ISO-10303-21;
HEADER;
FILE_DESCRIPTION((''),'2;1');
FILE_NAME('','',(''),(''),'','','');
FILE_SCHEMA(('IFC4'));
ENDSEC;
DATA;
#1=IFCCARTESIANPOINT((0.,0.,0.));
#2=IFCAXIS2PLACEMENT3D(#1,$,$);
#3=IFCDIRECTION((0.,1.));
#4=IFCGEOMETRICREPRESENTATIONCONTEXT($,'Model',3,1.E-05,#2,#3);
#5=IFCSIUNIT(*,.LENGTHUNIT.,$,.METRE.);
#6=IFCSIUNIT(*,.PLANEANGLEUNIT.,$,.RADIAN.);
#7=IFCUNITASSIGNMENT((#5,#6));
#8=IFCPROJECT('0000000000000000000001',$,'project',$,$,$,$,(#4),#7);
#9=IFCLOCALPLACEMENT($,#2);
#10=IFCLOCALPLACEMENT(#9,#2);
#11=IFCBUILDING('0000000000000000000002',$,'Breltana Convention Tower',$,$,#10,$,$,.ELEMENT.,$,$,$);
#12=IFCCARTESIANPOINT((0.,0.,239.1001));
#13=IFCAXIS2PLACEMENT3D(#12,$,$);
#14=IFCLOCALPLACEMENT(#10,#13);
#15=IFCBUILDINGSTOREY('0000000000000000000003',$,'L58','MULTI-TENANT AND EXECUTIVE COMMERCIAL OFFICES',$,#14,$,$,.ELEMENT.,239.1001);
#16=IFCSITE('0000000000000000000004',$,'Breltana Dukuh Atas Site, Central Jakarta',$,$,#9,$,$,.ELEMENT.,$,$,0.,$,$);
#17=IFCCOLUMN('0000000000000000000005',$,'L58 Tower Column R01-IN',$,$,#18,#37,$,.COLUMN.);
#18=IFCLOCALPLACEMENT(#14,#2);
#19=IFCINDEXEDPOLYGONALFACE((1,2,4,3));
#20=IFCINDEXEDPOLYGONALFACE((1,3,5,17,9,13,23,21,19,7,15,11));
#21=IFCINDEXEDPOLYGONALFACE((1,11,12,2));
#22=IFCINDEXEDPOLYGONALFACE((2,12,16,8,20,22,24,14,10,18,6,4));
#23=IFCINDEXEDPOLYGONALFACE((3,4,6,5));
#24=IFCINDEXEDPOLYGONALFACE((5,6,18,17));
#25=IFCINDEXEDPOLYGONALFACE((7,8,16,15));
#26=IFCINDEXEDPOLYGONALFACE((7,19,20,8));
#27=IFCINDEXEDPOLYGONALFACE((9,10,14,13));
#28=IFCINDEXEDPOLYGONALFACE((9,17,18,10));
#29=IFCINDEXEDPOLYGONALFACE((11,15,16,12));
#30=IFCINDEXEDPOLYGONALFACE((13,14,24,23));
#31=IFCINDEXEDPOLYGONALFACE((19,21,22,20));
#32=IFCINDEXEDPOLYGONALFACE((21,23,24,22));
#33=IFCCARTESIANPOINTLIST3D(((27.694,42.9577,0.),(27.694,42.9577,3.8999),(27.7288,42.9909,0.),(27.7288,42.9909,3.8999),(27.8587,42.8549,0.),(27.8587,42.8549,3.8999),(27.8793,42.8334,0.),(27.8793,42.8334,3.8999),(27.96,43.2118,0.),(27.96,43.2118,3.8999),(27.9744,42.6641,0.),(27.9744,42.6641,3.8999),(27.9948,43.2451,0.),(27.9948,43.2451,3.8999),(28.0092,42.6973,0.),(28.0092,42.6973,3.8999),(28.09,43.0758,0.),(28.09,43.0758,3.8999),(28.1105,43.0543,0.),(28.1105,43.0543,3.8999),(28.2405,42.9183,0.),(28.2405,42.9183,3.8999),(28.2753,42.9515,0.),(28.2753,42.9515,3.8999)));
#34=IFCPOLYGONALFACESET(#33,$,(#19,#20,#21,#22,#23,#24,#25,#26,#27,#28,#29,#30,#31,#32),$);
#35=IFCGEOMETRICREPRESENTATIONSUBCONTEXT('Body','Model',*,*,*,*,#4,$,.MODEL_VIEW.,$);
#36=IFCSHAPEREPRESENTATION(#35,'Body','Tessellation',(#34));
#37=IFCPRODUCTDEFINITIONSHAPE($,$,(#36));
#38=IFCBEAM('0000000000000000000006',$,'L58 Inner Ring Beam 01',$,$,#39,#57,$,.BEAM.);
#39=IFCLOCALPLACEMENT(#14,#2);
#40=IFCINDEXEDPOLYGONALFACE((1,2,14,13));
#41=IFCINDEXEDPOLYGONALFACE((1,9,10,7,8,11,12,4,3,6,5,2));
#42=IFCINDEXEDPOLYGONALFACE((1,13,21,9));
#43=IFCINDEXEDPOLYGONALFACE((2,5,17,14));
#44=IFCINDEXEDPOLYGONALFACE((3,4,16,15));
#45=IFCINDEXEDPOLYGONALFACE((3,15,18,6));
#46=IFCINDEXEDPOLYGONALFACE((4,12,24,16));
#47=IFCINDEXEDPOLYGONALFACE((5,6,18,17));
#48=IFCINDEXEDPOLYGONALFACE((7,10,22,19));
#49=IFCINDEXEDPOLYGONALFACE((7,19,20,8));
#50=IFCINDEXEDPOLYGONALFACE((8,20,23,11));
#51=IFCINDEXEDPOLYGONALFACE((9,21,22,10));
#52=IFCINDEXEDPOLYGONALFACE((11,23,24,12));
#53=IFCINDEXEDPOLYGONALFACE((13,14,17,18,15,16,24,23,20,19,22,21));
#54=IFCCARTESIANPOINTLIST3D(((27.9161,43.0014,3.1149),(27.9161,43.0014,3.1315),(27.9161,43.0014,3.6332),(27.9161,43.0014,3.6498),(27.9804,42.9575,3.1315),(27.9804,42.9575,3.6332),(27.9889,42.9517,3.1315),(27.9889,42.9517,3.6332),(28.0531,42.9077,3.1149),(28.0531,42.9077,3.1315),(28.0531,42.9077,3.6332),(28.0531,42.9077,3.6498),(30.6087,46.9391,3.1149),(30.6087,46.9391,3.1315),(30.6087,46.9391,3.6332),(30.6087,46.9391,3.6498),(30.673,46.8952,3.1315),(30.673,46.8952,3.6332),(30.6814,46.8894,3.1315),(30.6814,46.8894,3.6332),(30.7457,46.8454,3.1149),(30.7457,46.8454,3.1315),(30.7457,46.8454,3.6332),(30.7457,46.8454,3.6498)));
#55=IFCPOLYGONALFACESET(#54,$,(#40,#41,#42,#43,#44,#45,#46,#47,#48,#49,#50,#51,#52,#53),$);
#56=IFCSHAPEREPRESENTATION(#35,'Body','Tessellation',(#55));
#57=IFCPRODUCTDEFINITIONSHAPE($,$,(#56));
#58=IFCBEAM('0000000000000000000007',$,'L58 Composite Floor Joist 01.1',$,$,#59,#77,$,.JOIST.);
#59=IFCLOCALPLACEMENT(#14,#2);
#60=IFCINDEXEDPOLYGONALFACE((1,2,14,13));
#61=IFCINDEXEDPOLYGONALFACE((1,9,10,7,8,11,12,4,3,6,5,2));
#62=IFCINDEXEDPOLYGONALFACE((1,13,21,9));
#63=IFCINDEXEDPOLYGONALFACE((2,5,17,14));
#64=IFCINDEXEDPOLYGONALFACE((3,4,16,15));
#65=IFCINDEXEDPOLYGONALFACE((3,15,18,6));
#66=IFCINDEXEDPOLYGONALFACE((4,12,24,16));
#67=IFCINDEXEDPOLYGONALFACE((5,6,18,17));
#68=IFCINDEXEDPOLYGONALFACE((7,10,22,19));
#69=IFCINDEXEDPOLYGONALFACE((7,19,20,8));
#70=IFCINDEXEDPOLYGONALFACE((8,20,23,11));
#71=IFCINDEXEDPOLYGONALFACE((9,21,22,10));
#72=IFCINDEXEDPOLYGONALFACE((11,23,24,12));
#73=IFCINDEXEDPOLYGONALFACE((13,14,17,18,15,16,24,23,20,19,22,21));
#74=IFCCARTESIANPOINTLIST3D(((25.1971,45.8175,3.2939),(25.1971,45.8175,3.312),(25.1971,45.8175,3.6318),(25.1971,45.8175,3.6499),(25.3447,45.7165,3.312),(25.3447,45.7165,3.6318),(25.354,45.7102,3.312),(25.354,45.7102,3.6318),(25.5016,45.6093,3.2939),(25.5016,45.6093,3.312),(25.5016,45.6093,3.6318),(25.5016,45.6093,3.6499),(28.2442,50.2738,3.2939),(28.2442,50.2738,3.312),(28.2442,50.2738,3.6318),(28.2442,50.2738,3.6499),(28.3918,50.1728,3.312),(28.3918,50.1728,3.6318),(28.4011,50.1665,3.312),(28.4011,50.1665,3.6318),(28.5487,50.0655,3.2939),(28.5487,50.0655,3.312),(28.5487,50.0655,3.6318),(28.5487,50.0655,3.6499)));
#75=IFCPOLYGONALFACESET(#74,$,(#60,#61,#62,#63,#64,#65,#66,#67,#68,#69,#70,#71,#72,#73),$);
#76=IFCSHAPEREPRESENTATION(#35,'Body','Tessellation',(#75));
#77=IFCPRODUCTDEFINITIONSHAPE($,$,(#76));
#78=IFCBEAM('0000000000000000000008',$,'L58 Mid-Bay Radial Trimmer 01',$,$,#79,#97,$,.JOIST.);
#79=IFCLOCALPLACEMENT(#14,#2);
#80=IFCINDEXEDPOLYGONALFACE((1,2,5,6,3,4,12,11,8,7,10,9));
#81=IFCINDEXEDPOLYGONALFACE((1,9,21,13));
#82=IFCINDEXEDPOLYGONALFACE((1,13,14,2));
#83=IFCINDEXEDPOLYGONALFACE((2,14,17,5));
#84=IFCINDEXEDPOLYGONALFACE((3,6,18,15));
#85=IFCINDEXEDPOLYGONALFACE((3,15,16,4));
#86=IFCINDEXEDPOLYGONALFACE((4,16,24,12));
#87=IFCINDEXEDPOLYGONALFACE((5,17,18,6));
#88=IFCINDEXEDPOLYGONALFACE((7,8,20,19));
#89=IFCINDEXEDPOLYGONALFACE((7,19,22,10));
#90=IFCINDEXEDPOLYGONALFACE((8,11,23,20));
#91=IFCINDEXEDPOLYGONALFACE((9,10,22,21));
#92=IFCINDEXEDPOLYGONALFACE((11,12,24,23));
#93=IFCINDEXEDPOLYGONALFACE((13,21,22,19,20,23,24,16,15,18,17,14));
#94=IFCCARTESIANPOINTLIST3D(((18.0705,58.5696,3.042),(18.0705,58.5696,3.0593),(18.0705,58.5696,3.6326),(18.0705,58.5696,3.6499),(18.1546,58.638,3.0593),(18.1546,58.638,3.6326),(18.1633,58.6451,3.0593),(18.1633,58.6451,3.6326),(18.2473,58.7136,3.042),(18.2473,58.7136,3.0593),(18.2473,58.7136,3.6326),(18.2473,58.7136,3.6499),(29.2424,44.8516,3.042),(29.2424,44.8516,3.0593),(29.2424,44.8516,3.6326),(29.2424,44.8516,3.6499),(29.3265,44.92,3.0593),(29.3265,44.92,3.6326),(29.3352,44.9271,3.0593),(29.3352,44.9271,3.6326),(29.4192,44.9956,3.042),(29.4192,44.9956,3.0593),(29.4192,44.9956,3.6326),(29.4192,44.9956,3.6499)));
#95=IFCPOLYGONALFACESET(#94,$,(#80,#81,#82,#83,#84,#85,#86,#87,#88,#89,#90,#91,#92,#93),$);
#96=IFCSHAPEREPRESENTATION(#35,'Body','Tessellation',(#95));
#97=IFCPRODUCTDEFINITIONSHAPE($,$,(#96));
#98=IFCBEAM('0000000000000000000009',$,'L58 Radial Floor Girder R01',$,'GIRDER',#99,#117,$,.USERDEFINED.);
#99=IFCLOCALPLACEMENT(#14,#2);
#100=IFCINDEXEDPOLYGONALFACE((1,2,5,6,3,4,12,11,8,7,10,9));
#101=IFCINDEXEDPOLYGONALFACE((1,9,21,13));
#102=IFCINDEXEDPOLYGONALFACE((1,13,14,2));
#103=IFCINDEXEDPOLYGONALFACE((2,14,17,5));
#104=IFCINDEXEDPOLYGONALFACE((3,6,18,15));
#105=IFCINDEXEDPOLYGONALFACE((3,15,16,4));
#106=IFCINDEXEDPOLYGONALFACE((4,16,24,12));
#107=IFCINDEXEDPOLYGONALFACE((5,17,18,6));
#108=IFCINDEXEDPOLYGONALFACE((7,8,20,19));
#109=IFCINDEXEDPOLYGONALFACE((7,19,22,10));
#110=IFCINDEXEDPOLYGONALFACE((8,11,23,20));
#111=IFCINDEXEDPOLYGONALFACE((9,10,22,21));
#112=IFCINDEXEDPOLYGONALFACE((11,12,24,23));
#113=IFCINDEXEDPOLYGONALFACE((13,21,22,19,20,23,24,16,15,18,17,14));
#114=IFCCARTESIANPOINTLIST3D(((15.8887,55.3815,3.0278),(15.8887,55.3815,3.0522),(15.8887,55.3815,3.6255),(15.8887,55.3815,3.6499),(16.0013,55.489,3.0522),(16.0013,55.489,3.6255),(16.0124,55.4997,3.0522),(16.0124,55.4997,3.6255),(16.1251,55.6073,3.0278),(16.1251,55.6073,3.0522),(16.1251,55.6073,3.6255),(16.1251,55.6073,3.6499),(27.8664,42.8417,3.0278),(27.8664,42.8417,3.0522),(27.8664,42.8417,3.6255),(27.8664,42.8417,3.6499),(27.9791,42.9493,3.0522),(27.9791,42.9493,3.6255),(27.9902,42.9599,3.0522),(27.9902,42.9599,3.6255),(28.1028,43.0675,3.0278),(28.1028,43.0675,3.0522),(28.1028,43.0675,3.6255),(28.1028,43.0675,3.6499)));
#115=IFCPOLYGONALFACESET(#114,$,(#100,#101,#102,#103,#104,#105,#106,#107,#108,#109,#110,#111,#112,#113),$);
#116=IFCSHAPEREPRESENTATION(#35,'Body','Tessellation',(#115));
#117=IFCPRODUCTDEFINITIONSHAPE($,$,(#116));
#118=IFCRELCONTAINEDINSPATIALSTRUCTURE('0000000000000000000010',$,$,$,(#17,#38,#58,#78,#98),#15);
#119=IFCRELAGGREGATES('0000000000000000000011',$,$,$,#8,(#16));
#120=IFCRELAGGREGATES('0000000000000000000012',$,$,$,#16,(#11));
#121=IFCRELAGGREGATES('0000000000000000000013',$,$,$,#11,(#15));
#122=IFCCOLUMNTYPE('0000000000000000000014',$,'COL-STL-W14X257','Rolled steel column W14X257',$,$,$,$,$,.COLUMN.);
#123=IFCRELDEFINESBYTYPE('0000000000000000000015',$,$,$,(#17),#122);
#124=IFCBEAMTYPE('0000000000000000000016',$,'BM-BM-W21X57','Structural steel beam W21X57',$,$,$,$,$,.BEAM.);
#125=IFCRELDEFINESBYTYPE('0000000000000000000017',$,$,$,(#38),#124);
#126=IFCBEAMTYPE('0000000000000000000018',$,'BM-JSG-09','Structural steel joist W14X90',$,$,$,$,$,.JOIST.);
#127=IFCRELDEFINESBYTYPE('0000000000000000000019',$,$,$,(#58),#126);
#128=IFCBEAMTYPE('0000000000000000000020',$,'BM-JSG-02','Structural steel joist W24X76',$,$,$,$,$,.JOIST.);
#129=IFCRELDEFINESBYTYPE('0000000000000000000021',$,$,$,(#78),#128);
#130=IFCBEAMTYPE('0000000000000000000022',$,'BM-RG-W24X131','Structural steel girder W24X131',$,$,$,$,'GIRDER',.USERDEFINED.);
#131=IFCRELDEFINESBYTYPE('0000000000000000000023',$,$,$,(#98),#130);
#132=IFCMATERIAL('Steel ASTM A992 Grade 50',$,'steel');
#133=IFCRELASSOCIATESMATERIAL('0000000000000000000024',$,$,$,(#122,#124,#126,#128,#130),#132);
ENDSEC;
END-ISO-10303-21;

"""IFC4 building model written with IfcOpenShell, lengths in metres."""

from ifc_helpers import new_model, si_unit, direction, frame, origin, origin_2d, place, context, subcontext, project, spatial, i_section, extrude, source, transform, mapped, material, material_profile, profile_set, type_object, type_shapes, element, save


model = new_model("IFC4")

# Units and contexts
model_context = context("Model", 3, precision=1e-05, world=origin(), true_north=direction((0.0, 1.0)))
body_context = subcontext(model_context, "Body", "Model", "MODEL_VIEW")
ifc_project = project(units=[si_unit("LENGTHUNIT", "METRE"), si_unit("PLANEANGLEUNIT", "RADIAN")], contexts=[model_context])

# Site, building, storey
site_placement = place(None, origin())
site = spatial("IfcSite", under=ifc_project, at=site_placement, Name="Breltana Dukuh Atas Site, Central Jakarta", CompositionType="ELEMENT", RefElevation=0.0)
building_placement = place(site_placement, origin())
building = spatial("IfcBuilding", under=site, at=building_placement, Name="Breltana Convention Tower", CompositionType="ELEMENT")
storey_placement = place(building_placement, frame((0.0, 0.0, 239.1001)))
storey = spatial("IfcBuildingStorey", under=building, at=storey_placement, Name="L58", Description="MULTI-TENANT AND EXECUTIVE COMMERCIAL OFFICES", CompositionType="ELEMENT", Elevation=239.1001)

# Column
ifc_material_1 = material(Name="Steel ASTM A992 Grade 50", Category="steel")
ifc_material_profile_1 = material_profile(ifc_material_1, i_section(OverallWidth=0.406, OverallDepth=0.416, WebThickness=0.0298, FlangeThickness=0.0481, at=origin_2d()), Name="W14X257")
ifc_profile_set_1 = profile_set([ifc_material_profile_1], Name="Steel ASTM A992 Grade 50")
column_type = type_object("IfcColumnType", Name="COL-STL-W14X257", Description="Rolled steel column W14X257", PredefinedType="COLUMN", material=ifc_profile_set_1)
shared_shape_1 = source(origin(), body_context, "Body", "SweptSolid", [
    extrude(i_section(OverallWidth=0.406, OverallDepth=0.416, WebThickness=0.0298, FlangeThickness=0.0481, at=origin_2d()), origin(), (0.0, 0.0, 1.0), 3.8999),
])
column_placement = place(storey_placement, frame((27.9846, 42.9546, 0.0), z_axis=(0.0, 0.0, 1.0), x_axis=(-0.690756, 0.723088, 0.0)))
element("IfcColumn", 1, at=column_placement, inside=storey, type_object=column_type, Name="L58 Tower Column R01-IN", PredefinedType="COLUMN", context=body_context, shape_type="MappedRepresentation", body=[
    mapped(shared_shape_1, transform((0.0, 0.0, 0.0), scale=1.0)),
])

# Beams
ifc_material_profile_2 = material_profile(ifc_material_1, i_section(OverallWidth=0.166, OverallDepth=0.5349, WebThickness=0.0103, FlangeThickness=0.0166, at=origin_2d()), Name="W21X57")
ifc_profile_set_2 = profile_set([ifc_material_profile_2], Name="Steel ASTM A992 Grade 50")
beam_type_1 = type_object("IfcBeamType", Name="BM-BM-W21X57", Description="Structural steel beam W21X57", PredefinedType="BEAM", material=ifc_profile_set_2)
shared_shape_2 = source(origin(), body_context, "Body", "SweptSolid", [
    extrude(i_section(OverallWidth=0.166, OverallDepth=0.5349, WebThickness=0.0103, FlangeThickness=0.0166, at=origin_2d()), origin(), (0.0, 0.0, 1.0), 4.7703),
])
beam_1_placement = place(storey_placement, frame((27.9846, 42.9546, 3.3823), z_axis=(0.564453, 0.825465, 0.0), x_axis=(-0.825465, 0.564453, 0.0)))
element("IfcBeam", 2, at=beam_1_placement, inside=storey, type_object=beam_type_1, Name="L58 Inner Ring Beam 01", PredefinedType="BEAM", context=body_context, shape_type="MappedRepresentation", body=[
    mapped(shared_shape_2, transform((0.0, 0.0, 0.0), scale=1.0)),
])
ifc_material_profile_3 = material_profile(ifc_material_1, i_section(OverallWidth=0.3689, OverallDepth=0.356, WebThickness=0.0112, FlangeThickness=0.0181, at=origin_2d()), Name="W14X90")
ifc_profile_set_3 = profile_set([ifc_material_profile_3], Name="Steel ASTM A992 Grade 50")
beam_type_2 = type_object("IfcBeamType", Name="BM-JSG-09", Description="Structural steel joist W14X90", PredefinedType="JOIST", material=ifc_profile_set_3)
shared_shape_3 = source(origin(), body_context, "Body", "SweptSolid", [
    extrude(i_section(OverallWidth=0.3689, OverallDepth=0.356, WebThickness=0.0112, FlangeThickness=0.0181, at=origin_2d()), origin(), (0.0, 0.0, 1.0), 5.3984),
])
beam_2_placement = place(storey_placement, frame((25.3494, 45.7134, 3.4719), z_axis=(0.564441, 0.825474, 0.0), x_axis=(-0.825474, 0.564441, 0.0)))
element("IfcBeam", 3, at=beam_2_placement, inside=storey, type_object=beam_type_2, Name="L58 Composite Floor Joist 01.1", PredefinedType="JOIST", context=body_context, shape_type="MappedRepresentation", body=[
    mapped(shared_shape_3, transform((0.0, 0.0, 0.0), scale=1.0)),
])
ifc_material_profile_4 = material_profile(ifc_material_1, i_section(OverallWidth=0.228, OverallDepth=0.6079, WebThickness=0.0112, FlangeThickness=0.0173, at=origin_2d()), Name="W24X76")
ifc_profile_set_4 = profile_set([ifc_material_profile_4], Name="Steel ASTM A992 Grade 50")
beam_type_3 = type_object("IfcBeamType", Name="BM-JSG-02", Description="Structural steel joist W24X76", PredefinedType="JOIST", material=ifc_profile_set_4)
shared_shape_4 = source(origin(), body_context, "Body", "SweptSolid", [
    extrude(i_section(OverallWidth=0.228, OverallDepth=0.6079, WebThickness=0.0112, FlangeThickness=0.0173, at=origin_2d()), origin(), (0.0, 0.0, 1.0), 17.6917),
])
type_shapes(beam_type_3, [shared_shape_4])
beam_3_placement = place(storey_placement, frame((29.3308, 44.9236, 3.3459), z_axis=(-0.631477, 0.775395, 0.0), x_axis=(-0.775395, -0.631477, 0.0)))
element("IfcBeam", 4, at=beam_3_placement, inside=storey, type_object=beam_type_3, Name="L58 Mid-Bay Radial Trimmer 01", PredefinedType="JOIST", context=body_context, shape_type="MappedRepresentation", body=[
    mapped(shared_shape_4, transform((0.0, 0.0, 0.0), scale=1.0)),
])
ifc_material_profile_5 = material_profile(ifc_material_1, i_section(OverallWidth=0.3269, OverallDepth=0.6221, WebThickness=0.0154, FlangeThickness=0.0244, at=origin_2d()), Name="W24X131")
ifc_profile_set_5 = profile_set([ifc_material_profile_5], Name="Steel ASTM A992 Grade 50")
beam_type_4 = type_object("IfcBeamType", Name="BM-RG-W24X131", Description="Structural steel girder W24X131", ElementType="GIRDER", PredefinedType="USERDEFINED", material=ifc_profile_set_5)
shared_shape_5 = source(origin(), body_context, "Body", "SweptSolid", [
    extrude(i_section(OverallWidth=0.3269, OverallDepth=0.6221, WebThickness=0.0154, FlangeThickness=0.0244, at=origin_2d()), origin(), (0.0, 0.0, 1.0), 17.3411),
])
type_shapes(beam_type_4, [shared_shape_5])
beam_4_placement = place(storey_placement, frame((27.9846, 42.9546, 3.3389), z_axis=(-0.690716, 0.723126, 0.0), x_axis=(-0.723126, -0.690716, 0.0)))
element("IfcBeam", 5, at=beam_4_placement, inside=storey, type_object=beam_type_4, Name="L58 Radial Floor Girder R01", ObjectType="GIRDER", PredefinedType="USERDEFINED", context=body_context, shape_type="MappedRepresentation", body=[
    mapped(shared_shape_5, transform((0.0, 0.0, 0.0), scale=1.0)),
])

save(model, "model.ifc")
